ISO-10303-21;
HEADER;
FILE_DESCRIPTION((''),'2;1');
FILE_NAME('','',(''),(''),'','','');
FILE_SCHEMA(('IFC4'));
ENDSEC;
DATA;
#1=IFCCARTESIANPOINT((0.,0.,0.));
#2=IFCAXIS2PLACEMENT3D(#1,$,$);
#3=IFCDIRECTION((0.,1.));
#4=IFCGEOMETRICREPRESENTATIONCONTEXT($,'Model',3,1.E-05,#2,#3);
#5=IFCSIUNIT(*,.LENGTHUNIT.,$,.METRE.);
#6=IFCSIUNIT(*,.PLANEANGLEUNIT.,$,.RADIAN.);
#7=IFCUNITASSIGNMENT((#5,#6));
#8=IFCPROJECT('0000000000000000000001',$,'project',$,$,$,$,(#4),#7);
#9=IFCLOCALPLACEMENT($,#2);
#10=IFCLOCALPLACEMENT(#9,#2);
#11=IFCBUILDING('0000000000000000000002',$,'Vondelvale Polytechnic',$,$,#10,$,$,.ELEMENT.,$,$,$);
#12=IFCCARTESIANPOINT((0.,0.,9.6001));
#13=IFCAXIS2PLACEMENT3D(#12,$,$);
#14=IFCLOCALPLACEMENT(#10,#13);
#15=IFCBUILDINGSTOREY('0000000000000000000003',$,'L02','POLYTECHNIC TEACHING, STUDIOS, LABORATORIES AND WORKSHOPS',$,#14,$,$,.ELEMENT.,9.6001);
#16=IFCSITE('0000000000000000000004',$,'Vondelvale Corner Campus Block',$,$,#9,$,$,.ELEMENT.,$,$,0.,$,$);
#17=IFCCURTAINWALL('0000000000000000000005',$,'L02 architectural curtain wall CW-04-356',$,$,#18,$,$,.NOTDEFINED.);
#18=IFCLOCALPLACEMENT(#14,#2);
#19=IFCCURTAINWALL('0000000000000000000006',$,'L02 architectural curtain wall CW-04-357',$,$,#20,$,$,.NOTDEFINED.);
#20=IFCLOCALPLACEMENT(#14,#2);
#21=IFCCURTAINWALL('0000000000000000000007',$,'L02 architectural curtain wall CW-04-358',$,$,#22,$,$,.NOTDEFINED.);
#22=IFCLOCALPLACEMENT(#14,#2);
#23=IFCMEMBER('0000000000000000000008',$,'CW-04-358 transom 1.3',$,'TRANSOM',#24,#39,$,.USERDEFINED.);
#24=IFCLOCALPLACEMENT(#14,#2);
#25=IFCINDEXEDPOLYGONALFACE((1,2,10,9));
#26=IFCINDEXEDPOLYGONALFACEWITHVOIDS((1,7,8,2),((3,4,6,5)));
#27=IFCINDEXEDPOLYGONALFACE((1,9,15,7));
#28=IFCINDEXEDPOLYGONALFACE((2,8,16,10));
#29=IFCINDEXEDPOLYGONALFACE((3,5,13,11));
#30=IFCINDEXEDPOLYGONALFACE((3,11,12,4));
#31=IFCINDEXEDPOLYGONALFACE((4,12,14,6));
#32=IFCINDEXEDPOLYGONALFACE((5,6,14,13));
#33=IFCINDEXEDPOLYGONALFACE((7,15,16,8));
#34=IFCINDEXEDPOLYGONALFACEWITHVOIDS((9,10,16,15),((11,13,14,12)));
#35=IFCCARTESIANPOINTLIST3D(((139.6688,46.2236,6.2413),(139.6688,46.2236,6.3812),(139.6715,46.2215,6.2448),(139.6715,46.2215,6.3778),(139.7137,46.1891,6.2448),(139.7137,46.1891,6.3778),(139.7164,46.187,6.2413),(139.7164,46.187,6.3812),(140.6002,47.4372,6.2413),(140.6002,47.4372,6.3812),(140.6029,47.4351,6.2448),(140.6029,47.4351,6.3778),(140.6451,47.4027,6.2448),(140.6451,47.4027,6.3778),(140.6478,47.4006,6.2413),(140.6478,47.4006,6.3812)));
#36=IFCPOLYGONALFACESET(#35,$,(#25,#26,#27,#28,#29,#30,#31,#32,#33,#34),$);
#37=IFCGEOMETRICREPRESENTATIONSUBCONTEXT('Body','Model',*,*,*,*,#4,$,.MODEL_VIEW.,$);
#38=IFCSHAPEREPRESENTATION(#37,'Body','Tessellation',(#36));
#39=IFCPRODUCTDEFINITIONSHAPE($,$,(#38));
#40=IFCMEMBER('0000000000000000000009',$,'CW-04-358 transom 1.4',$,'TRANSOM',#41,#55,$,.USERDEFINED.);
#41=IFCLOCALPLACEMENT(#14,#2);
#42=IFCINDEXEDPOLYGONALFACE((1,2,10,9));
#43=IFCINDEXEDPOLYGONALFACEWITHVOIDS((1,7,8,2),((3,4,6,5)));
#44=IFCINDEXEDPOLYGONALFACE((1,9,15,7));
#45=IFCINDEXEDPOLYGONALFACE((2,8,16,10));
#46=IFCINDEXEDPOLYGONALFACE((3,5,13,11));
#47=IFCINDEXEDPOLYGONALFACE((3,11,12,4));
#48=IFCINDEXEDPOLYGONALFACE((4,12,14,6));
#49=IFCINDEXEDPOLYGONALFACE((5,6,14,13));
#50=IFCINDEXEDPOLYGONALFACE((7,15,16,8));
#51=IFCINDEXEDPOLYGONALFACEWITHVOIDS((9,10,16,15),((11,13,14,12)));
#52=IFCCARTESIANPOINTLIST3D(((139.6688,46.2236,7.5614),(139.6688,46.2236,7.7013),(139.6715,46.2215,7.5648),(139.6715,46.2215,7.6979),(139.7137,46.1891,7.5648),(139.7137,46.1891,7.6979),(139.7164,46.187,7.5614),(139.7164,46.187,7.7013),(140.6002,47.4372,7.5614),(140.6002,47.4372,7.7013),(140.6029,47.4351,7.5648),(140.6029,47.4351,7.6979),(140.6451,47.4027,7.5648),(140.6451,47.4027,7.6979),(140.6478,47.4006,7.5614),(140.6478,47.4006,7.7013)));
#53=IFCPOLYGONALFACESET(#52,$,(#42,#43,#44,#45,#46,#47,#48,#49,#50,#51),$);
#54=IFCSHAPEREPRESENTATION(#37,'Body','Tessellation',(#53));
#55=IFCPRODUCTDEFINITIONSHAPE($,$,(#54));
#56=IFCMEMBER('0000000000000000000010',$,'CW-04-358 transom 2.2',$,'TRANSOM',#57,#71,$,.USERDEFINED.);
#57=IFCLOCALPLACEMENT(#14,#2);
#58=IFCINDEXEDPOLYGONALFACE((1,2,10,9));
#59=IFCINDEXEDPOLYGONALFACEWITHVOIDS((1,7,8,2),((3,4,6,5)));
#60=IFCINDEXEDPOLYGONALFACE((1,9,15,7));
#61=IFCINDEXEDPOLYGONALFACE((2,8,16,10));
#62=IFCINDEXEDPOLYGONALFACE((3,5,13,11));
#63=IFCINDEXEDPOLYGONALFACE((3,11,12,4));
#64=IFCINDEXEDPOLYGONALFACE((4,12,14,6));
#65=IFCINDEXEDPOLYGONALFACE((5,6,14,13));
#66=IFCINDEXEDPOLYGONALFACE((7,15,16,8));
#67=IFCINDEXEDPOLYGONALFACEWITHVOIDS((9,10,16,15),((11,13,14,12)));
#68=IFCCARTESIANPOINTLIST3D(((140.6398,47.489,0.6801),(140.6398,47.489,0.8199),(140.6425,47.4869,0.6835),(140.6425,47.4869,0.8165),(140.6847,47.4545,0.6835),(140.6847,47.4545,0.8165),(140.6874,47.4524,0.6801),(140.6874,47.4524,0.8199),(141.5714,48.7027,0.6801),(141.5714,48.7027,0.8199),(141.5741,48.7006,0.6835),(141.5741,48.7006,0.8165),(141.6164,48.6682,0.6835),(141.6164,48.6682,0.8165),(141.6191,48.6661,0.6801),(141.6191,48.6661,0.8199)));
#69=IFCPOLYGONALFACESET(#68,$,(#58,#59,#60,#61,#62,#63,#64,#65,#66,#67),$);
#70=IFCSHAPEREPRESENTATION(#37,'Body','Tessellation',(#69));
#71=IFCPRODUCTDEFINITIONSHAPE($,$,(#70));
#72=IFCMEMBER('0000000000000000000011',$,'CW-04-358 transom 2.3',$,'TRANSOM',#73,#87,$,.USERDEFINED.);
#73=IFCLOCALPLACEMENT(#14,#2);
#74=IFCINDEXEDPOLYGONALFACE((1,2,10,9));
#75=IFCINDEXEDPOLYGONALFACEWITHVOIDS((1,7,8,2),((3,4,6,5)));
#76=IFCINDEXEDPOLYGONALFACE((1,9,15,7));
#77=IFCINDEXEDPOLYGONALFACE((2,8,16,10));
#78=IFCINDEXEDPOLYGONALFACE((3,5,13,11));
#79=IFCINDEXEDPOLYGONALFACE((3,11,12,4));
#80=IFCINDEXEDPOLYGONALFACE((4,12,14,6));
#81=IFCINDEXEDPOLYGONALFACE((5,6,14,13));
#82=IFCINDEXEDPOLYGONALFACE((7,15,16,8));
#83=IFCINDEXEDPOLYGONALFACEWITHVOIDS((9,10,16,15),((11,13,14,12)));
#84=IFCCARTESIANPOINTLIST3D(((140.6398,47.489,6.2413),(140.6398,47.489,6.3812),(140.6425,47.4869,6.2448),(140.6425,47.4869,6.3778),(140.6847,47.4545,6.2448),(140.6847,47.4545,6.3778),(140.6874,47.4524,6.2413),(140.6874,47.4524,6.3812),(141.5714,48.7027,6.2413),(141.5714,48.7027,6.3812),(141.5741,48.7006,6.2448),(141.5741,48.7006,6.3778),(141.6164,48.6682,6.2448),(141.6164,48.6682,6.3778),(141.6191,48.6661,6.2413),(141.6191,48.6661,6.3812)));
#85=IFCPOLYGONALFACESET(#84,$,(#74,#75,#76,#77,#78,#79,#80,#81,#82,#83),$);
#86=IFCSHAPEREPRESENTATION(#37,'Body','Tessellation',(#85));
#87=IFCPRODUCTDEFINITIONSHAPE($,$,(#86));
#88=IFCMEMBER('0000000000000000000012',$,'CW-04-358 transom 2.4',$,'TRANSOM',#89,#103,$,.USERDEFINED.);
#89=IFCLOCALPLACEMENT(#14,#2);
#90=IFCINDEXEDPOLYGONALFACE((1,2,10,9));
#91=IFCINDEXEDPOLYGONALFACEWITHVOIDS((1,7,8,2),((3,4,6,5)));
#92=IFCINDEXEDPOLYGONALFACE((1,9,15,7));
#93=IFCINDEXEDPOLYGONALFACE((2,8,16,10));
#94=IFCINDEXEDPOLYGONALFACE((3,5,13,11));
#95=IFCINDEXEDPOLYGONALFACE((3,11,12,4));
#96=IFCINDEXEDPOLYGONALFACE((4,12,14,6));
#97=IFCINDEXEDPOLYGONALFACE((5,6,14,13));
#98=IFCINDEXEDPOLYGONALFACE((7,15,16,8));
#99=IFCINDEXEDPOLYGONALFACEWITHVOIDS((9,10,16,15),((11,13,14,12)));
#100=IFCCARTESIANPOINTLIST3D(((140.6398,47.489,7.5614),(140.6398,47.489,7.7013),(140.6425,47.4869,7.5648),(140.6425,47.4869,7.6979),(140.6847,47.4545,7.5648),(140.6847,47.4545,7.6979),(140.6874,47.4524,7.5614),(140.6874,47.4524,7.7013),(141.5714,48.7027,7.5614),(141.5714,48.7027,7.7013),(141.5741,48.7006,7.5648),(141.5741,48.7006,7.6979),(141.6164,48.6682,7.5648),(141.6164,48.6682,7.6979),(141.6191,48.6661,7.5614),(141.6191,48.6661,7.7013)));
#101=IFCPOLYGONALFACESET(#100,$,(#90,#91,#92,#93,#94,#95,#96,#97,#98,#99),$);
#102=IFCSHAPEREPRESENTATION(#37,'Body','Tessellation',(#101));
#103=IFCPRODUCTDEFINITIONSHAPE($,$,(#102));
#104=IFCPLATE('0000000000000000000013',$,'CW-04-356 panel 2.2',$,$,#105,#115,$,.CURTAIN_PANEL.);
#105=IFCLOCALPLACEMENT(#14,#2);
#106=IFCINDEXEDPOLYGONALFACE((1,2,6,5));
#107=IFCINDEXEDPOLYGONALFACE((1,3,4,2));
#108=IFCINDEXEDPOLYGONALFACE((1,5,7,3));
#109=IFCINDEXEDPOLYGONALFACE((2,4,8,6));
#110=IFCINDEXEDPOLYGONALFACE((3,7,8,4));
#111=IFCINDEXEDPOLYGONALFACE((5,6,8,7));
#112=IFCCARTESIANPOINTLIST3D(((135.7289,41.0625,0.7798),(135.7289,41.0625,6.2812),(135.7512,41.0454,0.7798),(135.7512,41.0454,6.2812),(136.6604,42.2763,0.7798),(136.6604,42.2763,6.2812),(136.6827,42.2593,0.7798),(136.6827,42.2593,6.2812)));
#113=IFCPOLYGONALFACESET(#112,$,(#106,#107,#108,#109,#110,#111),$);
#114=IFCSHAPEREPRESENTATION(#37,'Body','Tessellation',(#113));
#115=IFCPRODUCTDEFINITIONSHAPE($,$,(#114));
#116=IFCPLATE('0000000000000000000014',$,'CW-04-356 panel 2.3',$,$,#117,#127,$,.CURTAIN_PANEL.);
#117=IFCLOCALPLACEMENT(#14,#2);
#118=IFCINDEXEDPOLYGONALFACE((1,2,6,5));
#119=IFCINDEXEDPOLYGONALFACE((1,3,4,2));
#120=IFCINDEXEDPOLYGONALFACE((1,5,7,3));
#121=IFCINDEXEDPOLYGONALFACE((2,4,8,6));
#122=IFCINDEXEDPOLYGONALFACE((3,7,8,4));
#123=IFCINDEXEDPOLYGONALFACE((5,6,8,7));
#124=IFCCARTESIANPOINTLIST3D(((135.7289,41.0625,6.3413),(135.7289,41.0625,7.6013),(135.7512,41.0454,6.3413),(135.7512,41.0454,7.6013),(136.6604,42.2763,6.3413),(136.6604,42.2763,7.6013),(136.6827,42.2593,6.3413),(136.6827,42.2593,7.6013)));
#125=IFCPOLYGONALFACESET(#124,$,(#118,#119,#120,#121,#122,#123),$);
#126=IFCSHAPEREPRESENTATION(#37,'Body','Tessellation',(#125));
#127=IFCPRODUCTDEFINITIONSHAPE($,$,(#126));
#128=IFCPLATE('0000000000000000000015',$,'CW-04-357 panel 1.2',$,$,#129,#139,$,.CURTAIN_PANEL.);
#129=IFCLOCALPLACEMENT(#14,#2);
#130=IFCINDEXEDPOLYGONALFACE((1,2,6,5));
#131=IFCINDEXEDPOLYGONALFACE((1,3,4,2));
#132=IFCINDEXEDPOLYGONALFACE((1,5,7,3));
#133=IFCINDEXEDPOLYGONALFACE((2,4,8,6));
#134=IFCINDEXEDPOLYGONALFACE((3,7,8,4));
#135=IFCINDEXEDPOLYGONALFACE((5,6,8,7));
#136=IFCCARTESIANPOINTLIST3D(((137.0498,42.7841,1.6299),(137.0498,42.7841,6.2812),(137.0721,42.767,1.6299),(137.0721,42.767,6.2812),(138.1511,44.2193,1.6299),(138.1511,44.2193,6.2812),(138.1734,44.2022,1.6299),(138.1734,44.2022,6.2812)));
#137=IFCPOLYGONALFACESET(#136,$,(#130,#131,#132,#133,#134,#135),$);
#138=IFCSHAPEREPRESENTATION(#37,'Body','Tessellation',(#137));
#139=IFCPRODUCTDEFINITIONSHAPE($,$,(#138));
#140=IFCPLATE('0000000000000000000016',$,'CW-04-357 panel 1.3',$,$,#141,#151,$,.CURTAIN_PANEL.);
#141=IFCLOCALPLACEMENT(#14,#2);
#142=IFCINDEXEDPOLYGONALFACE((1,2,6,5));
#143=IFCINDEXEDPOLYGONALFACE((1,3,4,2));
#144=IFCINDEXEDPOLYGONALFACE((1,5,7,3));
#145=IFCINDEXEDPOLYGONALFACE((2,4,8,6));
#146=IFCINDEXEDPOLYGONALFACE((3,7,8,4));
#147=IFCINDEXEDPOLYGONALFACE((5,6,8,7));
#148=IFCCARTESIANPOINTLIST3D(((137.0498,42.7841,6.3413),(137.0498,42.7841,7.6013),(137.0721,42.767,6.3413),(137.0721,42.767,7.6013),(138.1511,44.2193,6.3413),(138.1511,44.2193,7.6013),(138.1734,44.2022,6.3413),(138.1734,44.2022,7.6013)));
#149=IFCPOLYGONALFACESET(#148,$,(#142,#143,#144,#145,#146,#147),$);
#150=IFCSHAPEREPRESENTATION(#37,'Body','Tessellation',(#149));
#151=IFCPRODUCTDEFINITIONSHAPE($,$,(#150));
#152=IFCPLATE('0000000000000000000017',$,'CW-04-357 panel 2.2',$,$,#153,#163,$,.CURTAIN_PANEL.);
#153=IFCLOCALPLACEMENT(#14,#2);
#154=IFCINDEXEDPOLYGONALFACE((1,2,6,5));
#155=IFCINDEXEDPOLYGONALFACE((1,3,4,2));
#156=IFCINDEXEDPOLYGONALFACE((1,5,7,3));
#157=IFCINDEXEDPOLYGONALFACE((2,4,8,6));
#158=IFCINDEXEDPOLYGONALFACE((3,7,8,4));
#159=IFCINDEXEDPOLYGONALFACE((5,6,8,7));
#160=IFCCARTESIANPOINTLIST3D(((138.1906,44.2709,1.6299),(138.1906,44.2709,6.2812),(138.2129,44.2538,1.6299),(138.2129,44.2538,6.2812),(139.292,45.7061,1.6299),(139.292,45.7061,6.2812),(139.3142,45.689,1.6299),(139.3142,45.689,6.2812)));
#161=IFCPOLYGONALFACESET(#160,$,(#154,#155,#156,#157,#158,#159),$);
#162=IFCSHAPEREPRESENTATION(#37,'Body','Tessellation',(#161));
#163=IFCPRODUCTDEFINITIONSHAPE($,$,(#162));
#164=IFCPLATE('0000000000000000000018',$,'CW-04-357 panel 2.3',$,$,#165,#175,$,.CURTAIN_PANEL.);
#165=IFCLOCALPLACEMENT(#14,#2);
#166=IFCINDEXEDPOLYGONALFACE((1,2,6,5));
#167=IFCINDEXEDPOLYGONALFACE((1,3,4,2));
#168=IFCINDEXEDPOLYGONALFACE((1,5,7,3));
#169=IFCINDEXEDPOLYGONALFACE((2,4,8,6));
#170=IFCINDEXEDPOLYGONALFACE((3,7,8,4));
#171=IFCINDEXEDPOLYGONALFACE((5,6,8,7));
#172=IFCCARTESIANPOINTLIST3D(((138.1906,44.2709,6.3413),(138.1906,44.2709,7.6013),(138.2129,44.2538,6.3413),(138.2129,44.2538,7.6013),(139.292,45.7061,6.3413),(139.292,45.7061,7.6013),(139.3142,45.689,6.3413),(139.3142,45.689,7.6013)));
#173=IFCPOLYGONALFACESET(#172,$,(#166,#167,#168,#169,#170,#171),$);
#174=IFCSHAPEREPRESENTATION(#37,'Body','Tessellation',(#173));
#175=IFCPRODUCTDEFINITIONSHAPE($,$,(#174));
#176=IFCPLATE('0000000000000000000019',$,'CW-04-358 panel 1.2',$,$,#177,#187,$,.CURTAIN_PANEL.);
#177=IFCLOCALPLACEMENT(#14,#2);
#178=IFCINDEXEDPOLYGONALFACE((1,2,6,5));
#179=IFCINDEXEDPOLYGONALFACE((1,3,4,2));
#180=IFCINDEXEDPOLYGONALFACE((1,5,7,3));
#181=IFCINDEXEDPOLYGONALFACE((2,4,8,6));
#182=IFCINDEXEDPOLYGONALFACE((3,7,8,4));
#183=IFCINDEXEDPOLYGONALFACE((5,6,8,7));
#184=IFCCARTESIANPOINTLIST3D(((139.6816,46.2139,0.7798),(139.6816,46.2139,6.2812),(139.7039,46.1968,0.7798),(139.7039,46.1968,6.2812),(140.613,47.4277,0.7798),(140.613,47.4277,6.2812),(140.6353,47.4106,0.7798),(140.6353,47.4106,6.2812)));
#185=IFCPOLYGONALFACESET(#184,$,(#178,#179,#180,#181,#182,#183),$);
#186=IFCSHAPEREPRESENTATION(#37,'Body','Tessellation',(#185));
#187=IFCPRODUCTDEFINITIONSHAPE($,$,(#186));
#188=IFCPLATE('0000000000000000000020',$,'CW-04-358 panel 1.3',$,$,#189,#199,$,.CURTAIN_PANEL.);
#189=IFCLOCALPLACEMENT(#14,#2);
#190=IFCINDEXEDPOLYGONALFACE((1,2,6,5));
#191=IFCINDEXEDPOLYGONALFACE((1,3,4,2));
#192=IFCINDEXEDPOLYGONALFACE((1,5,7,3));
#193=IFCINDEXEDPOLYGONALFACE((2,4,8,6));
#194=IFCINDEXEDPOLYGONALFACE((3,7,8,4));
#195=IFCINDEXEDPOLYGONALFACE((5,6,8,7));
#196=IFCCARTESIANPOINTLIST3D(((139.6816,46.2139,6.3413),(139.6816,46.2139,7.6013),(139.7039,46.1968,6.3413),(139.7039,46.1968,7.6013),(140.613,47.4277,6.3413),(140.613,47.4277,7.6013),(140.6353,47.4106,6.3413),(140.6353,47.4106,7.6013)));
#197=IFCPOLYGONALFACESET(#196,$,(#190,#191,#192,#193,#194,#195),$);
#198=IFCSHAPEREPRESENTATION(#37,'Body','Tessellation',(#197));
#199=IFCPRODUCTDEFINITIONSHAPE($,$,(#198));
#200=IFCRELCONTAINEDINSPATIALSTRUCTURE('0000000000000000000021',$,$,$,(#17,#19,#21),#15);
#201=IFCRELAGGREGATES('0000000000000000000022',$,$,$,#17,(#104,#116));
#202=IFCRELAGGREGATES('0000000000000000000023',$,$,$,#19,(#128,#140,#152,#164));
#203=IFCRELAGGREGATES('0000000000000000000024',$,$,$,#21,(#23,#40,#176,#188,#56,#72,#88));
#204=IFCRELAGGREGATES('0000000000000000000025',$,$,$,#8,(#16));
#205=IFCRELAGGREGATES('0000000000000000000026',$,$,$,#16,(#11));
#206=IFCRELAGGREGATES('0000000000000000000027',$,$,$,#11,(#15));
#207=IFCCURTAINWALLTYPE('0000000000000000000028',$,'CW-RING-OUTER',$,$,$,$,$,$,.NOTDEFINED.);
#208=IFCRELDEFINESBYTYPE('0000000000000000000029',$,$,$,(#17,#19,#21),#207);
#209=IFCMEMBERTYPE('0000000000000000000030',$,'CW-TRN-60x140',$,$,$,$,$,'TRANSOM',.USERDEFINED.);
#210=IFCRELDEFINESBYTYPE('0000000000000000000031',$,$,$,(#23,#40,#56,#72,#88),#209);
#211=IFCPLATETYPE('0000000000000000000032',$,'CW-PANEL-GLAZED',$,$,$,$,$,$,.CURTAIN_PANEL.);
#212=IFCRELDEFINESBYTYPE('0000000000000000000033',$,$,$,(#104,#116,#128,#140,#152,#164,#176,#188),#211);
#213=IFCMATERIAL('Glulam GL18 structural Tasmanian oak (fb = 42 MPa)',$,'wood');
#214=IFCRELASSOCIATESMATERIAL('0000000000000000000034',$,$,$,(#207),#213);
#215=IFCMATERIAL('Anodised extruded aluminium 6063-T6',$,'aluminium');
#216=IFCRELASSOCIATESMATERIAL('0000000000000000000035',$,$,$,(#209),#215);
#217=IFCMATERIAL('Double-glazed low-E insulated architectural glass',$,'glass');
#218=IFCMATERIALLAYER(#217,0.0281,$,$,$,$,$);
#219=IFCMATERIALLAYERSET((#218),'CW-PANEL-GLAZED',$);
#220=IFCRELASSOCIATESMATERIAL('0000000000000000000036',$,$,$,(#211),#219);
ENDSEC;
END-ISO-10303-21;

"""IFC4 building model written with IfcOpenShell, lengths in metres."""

from ifc_helpers import new_model, si_unit, direction, frame, origin, origin_2d, place, context, subcontext, project, spatial, rectangle, hollow_rectangle, extrude, material, layer, layer_set, material_profile, profile_set, type_object, element, aggregate, save


model = new_model("IFC4")

# Units and contexts
model_context = context("Model", 3, precision=1e-05, world=origin(), true_north=direction((0.0, 1.0)))
body_context = subcontext(model_context, "Body", "Model", "MODEL_VIEW")
ifc_project = project(units=[si_unit("LENGTHUNIT", "METRE"), si_unit("PLANEANGLEUNIT", "RADIAN")], contexts=[model_context])

# Site, building, storey
site_placement = place(None, origin())
site = spatial("IfcSite", under=ifc_project, at=site_placement, Name="Vondelvale Corner Campus Block", CompositionType="ELEMENT", RefElevation=0.0)
building_placement = place(site_placement, origin())
building = spatial("IfcBuilding", under=site, at=building_placement, Name="Vondelvale Polytechnic", CompositionType="ELEMENT")
storey_placement = place(building_placement, frame((0.0, 0.0, 9.6001)))
storey = spatial("IfcBuildingStorey", under=building, at=storey_placement, Name="L02", Description="POLYTECHNIC TEACHING, STUDIOS, LABORATORIES AND WORKSHOPS", CompositionType="ELEMENT", Elevation=9.6001)

# Curtain walls, members
ifc_material_1 = material(Name="Glulam GL18 structural Tasmanian oak (fb = 42 MPa)", Category="wood")
curtain_wall_type = type_object("IfcCurtainWallType", Name="CW-RING-OUTER", PredefinedType="NOTDEFINED", material=ifc_material_1)
curtain_wall_1_placement = place(storey_placement, origin())
curtain_wall_1 = element("IfcCurtainWall", 1, at=curtain_wall_1_placement, inside=storey, type_object=curtain_wall_type, Name="L02 architectural curtain wall CW-04-356", PredefinedType="NOTDEFINED")
ifc_material_2 = material(Name="Anodised extruded aluminium 6063-T6", Category="aluminium")
ifc_material_profile_1 = material_profile(ifc_material_2, hollow_rectangle(XDim=0.0601, YDim=0.1399, WallThickness=0.0034, at=origin_2d()), Name="CW-TRN-140x60")
ifc_profile_set_1 = profile_set([ifc_material_profile_1], Name="Anodised extruded aluminium 6063-T6")
member_type = type_object("IfcMemberType", Name="CW-TRN-60x140", ElementType="TRANSOM", PredefinedType="USERDEFINED", material=ifc_profile_set_1)
curtain_wall_2_placement = place(storey_placement, origin())
curtain_wall_2 = element("IfcCurtainWall", 2, at=curtain_wall_2_placement, inside=storey, type_object=curtain_wall_type, Name="L02 architectural curtain wall CW-04-357", PredefinedType="NOTDEFINED")
curtain_wall_3_placement = place(storey_placement, origin())
curtain_wall_3 = element("IfcCurtainWall", 3, at=curtain_wall_3_placement, inside=storey, type_object=curtain_wall_type, Name="L02 architectural curtain wall CW-04-358", PredefinedType="NOTDEFINED")
member_1_placement = place(storey_placement, frame((139.6926, 46.2053, 6.3113), z_axis=(0.608823, 0.793306, 0.0), x_axis=(-0.793306, 0.608823, 0.0)))
member_1 = element("IfcMember", 4, at=member_1_placement, type_object=member_type, Name="CW-04-358 transom 1.3", ObjectType="TRANSOM", PredefinedType="USERDEFINED", context=body_context, shape_type="SweptSolid", body=[
    extrude(hollow_rectangle(XDim=0.0601, YDim=0.1399, WallThickness=0.0034, at=origin_2d()), origin(), (0.0, 0.0, 1.0), 1.5298),
])
member_2_placement = place(storey_placement, frame((139.6926, 46.2053, 7.6313), z_axis=(0.608823, 0.793306, 0.0), x_axis=(-0.793306, 0.608823, 0.0)))
member_2 = element("IfcMember", 5, at=member_2_placement, type_object=member_type, Name="CW-04-358 transom 1.4", ObjectType="TRANSOM", PredefinedType="USERDEFINED", context=body_context, shape_type="SweptSolid", body=[
    extrude(hollow_rectangle(XDim=0.0601, YDim=0.1399, WallThickness=0.0034, at=origin_2d()), origin(), (0.0, 0.0, 1.0), 1.5298),
])
member_3_placement = place(storey_placement, frame((140.6636, 47.4707, 0.75), z_axis=(0.608924, 0.793229, 0.0), x_axis=(-0.793229, 0.608924, 0.0)))
member_3 = element("IfcMember", 6, at=member_3_placement, type_object=member_type, Name="CW-04-358 transom 2.2", ObjectType="TRANSOM", PredefinedType="USERDEFINED", context=body_context, shape_type="SweptSolid", body=[
    extrude(hollow_rectangle(XDim=0.0601, YDim=0.1399, WallThickness=0.0034, at=origin_2d()), origin(), (0.0, 0.0, 1.0), 1.53),
])
member_4_placement = place(storey_placement, frame((140.6636, 47.4707, 6.3113), z_axis=(0.608924, 0.793229, 0.0), x_axis=(-0.793229, 0.608924, 0.0)))
member_4 = element("IfcMember", 7, at=member_4_placement, type_object=member_type, Name="CW-04-358 transom 2.3", ObjectType="TRANSOM", PredefinedType="USERDEFINED", context=body_context, shape_type="SweptSolid", body=[
    extrude(hollow_rectangle(XDim=0.0601, YDim=0.1399, WallThickness=0.0034, at=origin_2d()), origin(), (0.0, 0.0, 1.0), 1.53),
])
member_5_placement = place(storey_placement, frame((140.6636, 47.4707, 7.6313), z_axis=(0.608924, 0.793229, 0.0), x_axis=(-0.793229, 0.608924, 0.0)))
member_5 = element("IfcMember", 8, at=member_5_placement, type_object=member_type, Name="CW-04-358 transom 2.4", ObjectType="TRANSOM", PredefinedType="USERDEFINED", context=body_context, shape_type="SweptSolid", body=[
    extrude(hollow_rectangle(XDim=0.0601, YDim=0.1399, WallThickness=0.0034, at=origin_2d()), origin(), (0.0, 0.0, 1.0), 1.53),
])

# Plates
ifc_material_3 = material(Name="Double-glazed low-E insulated architectural glass", Category="glass")
ifc_layer = layer(ifc_material_3, 0.0281)
ifc_layer_set = layer_set([ifc_layer], Name="CW-PANEL-GLAZED")
plate_type = type_object("IfcPlateType", Name="CW-PANEL-GLAZED", PredefinedType="CURTAIN_PANEL", material=ifc_layer_set)
plate_1_placement = place(storey_placement, frame((136.2058, 41.6609, 0.7798), z_axis=(0.0, 0.0, 1.0), x_axis=(0.608787, 0.793334, 0.0)))
plate_1 = element("IfcPlate", 9, at=plate_1_placement, type_object=plate_type, Name="CW-04-356 panel 2.2", PredefinedType="CURTAIN_PANEL", context=body_context, shape_type="SweptSolid", body=[
    extrude(rectangle(XDim=1.53, YDim=0.0281, at=origin_2d()), origin(), (0.0, 0.0, 1.0), 5.5015),
])
plate_2_placement = place(storey_placement, frame((136.2058, 41.6609, 6.3413), z_axis=(0.0, 0.0, 1.0), x_axis=(0.608787, 0.793334, 0.0)))
plate_2 = element("IfcPlate", 10, at=plate_2_placement, type_object=plate_type, Name="CW-04-356 panel 2.3", PredefinedType="CURTAIN_PANEL", context=body_context, shape_type="SweptSolid", body=[
    extrude(rectangle(XDim=1.53, YDim=0.0281, at=origin_2d()), origin(), (0.0, 0.0, 1.0), 1.26),
])
aggregate(curtain_wall_1, [plate_1, plate_2])
plate_3_placement = place(storey_placement, frame((137.6116, 43.4932, 1.6299), z_axis=(0.0, 0.0, 1.0), x_axis=(0.608771, 0.793346, 0.0)))
plate_3 = element("IfcPlate", 11, at=plate_3_placement, type_object=plate_type, Name="CW-04-357 panel 1.2", PredefinedType="CURTAIN_PANEL", context=body_context, shape_type="SweptSolid", body=[
    extrude(rectangle(XDim=1.8091, YDim=0.0281, at=origin_2d()), origin(), (0.0, 0.0, 1.0), 4.6514),
])
plate_4_placement = place(storey_placement, frame((137.6116, 43.4932, 6.3413), z_axis=(0.0, 0.0, 1.0), x_axis=(0.608771, 0.793346, 0.0)))
plate_4 = element("IfcPlate", 12, at=plate_4_placement, type_object=plate_type, Name="CW-04-357 panel 1.3", PredefinedType="CURTAIN_PANEL", context=body_context, shape_type="SweptSolid", body=[
    extrude(rectangle(XDim=1.8091, YDim=0.0281, at=origin_2d()), origin(), (0.0, 0.0, 1.0), 1.26),
])
plate_5_placement = place(storey_placement, frame((138.7524, 44.98, 1.6299), z_axis=(0.0, 0.0, 1.0), x_axis=(0.608771, 0.793346, 0.0)))
plate_5 = element("IfcPlate", 13, at=plate_5_placement, type_object=plate_type, Name="CW-04-357 panel 2.2", PredefinedType="CURTAIN_PANEL", context=body_context, shape_type="SweptSolid", body=[
    extrude(rectangle(XDim=1.8091, YDim=0.0281, at=origin_2d()), origin(), (0.0, 0.0, 1.0), 4.6514),
])
plate_6_placement = place(storey_placement, frame((138.7524, 44.98, 6.3413), z_axis=(0.0, 0.0, 1.0), x_axis=(0.608771, 0.793346, 0.0)))
plate_6 = element("IfcPlate", 14, at=plate_6_placement, type_object=plate_type, Name="CW-04-357 panel 2.3", PredefinedType="CURTAIN_PANEL", context=body_context, shape_type="SweptSolid", body=[
    extrude(rectangle(XDim=1.8091, YDim=0.0281, at=origin_2d()), origin(), (0.0, 0.0, 1.0), 1.26),
])
aggregate(curtain_wall_2, [plate_3, plate_4, plate_5, plate_6])
plate_7_placement = place(storey_placement, frame((140.1584, 46.8123, 0.7798), z_axis=(0.0, 0.0, 1.0), x_axis=(0.608787, 0.793334, 0.0)))
plate_7 = element("IfcPlate", 15, at=plate_7_placement, type_object=plate_type, Name="CW-04-358 panel 1.2", PredefinedType="CURTAIN_PANEL", context=body_context, shape_type="SweptSolid", body=[
    extrude(rectangle(XDim=1.53, YDim=0.0281, at=origin_2d()), origin(), (0.0, 0.0, 1.0), 5.5015),
])
plate_8_placement = place(storey_placement, frame((140.1584, 46.8123, 6.3413), z_axis=(0.0, 0.0, 1.0), x_axis=(0.608787, 0.793334, 0.0)))
plate_8 = element("IfcPlate", 16, at=plate_8_placement, type_object=plate_type, Name="CW-04-358 panel 1.3", PredefinedType="CURTAIN_PANEL", context=body_context, shape_type="SweptSolid", body=[
    extrude(rectangle(XDim=1.53, YDim=0.0281, at=origin_2d()), origin(), (0.0, 0.0, 1.0), 1.26),
])
aggregate(curtain_wall_3, [member_1, member_2, plate_7, plate_8, member_3, member_4, member_5])

save(model, "model.ifc")
